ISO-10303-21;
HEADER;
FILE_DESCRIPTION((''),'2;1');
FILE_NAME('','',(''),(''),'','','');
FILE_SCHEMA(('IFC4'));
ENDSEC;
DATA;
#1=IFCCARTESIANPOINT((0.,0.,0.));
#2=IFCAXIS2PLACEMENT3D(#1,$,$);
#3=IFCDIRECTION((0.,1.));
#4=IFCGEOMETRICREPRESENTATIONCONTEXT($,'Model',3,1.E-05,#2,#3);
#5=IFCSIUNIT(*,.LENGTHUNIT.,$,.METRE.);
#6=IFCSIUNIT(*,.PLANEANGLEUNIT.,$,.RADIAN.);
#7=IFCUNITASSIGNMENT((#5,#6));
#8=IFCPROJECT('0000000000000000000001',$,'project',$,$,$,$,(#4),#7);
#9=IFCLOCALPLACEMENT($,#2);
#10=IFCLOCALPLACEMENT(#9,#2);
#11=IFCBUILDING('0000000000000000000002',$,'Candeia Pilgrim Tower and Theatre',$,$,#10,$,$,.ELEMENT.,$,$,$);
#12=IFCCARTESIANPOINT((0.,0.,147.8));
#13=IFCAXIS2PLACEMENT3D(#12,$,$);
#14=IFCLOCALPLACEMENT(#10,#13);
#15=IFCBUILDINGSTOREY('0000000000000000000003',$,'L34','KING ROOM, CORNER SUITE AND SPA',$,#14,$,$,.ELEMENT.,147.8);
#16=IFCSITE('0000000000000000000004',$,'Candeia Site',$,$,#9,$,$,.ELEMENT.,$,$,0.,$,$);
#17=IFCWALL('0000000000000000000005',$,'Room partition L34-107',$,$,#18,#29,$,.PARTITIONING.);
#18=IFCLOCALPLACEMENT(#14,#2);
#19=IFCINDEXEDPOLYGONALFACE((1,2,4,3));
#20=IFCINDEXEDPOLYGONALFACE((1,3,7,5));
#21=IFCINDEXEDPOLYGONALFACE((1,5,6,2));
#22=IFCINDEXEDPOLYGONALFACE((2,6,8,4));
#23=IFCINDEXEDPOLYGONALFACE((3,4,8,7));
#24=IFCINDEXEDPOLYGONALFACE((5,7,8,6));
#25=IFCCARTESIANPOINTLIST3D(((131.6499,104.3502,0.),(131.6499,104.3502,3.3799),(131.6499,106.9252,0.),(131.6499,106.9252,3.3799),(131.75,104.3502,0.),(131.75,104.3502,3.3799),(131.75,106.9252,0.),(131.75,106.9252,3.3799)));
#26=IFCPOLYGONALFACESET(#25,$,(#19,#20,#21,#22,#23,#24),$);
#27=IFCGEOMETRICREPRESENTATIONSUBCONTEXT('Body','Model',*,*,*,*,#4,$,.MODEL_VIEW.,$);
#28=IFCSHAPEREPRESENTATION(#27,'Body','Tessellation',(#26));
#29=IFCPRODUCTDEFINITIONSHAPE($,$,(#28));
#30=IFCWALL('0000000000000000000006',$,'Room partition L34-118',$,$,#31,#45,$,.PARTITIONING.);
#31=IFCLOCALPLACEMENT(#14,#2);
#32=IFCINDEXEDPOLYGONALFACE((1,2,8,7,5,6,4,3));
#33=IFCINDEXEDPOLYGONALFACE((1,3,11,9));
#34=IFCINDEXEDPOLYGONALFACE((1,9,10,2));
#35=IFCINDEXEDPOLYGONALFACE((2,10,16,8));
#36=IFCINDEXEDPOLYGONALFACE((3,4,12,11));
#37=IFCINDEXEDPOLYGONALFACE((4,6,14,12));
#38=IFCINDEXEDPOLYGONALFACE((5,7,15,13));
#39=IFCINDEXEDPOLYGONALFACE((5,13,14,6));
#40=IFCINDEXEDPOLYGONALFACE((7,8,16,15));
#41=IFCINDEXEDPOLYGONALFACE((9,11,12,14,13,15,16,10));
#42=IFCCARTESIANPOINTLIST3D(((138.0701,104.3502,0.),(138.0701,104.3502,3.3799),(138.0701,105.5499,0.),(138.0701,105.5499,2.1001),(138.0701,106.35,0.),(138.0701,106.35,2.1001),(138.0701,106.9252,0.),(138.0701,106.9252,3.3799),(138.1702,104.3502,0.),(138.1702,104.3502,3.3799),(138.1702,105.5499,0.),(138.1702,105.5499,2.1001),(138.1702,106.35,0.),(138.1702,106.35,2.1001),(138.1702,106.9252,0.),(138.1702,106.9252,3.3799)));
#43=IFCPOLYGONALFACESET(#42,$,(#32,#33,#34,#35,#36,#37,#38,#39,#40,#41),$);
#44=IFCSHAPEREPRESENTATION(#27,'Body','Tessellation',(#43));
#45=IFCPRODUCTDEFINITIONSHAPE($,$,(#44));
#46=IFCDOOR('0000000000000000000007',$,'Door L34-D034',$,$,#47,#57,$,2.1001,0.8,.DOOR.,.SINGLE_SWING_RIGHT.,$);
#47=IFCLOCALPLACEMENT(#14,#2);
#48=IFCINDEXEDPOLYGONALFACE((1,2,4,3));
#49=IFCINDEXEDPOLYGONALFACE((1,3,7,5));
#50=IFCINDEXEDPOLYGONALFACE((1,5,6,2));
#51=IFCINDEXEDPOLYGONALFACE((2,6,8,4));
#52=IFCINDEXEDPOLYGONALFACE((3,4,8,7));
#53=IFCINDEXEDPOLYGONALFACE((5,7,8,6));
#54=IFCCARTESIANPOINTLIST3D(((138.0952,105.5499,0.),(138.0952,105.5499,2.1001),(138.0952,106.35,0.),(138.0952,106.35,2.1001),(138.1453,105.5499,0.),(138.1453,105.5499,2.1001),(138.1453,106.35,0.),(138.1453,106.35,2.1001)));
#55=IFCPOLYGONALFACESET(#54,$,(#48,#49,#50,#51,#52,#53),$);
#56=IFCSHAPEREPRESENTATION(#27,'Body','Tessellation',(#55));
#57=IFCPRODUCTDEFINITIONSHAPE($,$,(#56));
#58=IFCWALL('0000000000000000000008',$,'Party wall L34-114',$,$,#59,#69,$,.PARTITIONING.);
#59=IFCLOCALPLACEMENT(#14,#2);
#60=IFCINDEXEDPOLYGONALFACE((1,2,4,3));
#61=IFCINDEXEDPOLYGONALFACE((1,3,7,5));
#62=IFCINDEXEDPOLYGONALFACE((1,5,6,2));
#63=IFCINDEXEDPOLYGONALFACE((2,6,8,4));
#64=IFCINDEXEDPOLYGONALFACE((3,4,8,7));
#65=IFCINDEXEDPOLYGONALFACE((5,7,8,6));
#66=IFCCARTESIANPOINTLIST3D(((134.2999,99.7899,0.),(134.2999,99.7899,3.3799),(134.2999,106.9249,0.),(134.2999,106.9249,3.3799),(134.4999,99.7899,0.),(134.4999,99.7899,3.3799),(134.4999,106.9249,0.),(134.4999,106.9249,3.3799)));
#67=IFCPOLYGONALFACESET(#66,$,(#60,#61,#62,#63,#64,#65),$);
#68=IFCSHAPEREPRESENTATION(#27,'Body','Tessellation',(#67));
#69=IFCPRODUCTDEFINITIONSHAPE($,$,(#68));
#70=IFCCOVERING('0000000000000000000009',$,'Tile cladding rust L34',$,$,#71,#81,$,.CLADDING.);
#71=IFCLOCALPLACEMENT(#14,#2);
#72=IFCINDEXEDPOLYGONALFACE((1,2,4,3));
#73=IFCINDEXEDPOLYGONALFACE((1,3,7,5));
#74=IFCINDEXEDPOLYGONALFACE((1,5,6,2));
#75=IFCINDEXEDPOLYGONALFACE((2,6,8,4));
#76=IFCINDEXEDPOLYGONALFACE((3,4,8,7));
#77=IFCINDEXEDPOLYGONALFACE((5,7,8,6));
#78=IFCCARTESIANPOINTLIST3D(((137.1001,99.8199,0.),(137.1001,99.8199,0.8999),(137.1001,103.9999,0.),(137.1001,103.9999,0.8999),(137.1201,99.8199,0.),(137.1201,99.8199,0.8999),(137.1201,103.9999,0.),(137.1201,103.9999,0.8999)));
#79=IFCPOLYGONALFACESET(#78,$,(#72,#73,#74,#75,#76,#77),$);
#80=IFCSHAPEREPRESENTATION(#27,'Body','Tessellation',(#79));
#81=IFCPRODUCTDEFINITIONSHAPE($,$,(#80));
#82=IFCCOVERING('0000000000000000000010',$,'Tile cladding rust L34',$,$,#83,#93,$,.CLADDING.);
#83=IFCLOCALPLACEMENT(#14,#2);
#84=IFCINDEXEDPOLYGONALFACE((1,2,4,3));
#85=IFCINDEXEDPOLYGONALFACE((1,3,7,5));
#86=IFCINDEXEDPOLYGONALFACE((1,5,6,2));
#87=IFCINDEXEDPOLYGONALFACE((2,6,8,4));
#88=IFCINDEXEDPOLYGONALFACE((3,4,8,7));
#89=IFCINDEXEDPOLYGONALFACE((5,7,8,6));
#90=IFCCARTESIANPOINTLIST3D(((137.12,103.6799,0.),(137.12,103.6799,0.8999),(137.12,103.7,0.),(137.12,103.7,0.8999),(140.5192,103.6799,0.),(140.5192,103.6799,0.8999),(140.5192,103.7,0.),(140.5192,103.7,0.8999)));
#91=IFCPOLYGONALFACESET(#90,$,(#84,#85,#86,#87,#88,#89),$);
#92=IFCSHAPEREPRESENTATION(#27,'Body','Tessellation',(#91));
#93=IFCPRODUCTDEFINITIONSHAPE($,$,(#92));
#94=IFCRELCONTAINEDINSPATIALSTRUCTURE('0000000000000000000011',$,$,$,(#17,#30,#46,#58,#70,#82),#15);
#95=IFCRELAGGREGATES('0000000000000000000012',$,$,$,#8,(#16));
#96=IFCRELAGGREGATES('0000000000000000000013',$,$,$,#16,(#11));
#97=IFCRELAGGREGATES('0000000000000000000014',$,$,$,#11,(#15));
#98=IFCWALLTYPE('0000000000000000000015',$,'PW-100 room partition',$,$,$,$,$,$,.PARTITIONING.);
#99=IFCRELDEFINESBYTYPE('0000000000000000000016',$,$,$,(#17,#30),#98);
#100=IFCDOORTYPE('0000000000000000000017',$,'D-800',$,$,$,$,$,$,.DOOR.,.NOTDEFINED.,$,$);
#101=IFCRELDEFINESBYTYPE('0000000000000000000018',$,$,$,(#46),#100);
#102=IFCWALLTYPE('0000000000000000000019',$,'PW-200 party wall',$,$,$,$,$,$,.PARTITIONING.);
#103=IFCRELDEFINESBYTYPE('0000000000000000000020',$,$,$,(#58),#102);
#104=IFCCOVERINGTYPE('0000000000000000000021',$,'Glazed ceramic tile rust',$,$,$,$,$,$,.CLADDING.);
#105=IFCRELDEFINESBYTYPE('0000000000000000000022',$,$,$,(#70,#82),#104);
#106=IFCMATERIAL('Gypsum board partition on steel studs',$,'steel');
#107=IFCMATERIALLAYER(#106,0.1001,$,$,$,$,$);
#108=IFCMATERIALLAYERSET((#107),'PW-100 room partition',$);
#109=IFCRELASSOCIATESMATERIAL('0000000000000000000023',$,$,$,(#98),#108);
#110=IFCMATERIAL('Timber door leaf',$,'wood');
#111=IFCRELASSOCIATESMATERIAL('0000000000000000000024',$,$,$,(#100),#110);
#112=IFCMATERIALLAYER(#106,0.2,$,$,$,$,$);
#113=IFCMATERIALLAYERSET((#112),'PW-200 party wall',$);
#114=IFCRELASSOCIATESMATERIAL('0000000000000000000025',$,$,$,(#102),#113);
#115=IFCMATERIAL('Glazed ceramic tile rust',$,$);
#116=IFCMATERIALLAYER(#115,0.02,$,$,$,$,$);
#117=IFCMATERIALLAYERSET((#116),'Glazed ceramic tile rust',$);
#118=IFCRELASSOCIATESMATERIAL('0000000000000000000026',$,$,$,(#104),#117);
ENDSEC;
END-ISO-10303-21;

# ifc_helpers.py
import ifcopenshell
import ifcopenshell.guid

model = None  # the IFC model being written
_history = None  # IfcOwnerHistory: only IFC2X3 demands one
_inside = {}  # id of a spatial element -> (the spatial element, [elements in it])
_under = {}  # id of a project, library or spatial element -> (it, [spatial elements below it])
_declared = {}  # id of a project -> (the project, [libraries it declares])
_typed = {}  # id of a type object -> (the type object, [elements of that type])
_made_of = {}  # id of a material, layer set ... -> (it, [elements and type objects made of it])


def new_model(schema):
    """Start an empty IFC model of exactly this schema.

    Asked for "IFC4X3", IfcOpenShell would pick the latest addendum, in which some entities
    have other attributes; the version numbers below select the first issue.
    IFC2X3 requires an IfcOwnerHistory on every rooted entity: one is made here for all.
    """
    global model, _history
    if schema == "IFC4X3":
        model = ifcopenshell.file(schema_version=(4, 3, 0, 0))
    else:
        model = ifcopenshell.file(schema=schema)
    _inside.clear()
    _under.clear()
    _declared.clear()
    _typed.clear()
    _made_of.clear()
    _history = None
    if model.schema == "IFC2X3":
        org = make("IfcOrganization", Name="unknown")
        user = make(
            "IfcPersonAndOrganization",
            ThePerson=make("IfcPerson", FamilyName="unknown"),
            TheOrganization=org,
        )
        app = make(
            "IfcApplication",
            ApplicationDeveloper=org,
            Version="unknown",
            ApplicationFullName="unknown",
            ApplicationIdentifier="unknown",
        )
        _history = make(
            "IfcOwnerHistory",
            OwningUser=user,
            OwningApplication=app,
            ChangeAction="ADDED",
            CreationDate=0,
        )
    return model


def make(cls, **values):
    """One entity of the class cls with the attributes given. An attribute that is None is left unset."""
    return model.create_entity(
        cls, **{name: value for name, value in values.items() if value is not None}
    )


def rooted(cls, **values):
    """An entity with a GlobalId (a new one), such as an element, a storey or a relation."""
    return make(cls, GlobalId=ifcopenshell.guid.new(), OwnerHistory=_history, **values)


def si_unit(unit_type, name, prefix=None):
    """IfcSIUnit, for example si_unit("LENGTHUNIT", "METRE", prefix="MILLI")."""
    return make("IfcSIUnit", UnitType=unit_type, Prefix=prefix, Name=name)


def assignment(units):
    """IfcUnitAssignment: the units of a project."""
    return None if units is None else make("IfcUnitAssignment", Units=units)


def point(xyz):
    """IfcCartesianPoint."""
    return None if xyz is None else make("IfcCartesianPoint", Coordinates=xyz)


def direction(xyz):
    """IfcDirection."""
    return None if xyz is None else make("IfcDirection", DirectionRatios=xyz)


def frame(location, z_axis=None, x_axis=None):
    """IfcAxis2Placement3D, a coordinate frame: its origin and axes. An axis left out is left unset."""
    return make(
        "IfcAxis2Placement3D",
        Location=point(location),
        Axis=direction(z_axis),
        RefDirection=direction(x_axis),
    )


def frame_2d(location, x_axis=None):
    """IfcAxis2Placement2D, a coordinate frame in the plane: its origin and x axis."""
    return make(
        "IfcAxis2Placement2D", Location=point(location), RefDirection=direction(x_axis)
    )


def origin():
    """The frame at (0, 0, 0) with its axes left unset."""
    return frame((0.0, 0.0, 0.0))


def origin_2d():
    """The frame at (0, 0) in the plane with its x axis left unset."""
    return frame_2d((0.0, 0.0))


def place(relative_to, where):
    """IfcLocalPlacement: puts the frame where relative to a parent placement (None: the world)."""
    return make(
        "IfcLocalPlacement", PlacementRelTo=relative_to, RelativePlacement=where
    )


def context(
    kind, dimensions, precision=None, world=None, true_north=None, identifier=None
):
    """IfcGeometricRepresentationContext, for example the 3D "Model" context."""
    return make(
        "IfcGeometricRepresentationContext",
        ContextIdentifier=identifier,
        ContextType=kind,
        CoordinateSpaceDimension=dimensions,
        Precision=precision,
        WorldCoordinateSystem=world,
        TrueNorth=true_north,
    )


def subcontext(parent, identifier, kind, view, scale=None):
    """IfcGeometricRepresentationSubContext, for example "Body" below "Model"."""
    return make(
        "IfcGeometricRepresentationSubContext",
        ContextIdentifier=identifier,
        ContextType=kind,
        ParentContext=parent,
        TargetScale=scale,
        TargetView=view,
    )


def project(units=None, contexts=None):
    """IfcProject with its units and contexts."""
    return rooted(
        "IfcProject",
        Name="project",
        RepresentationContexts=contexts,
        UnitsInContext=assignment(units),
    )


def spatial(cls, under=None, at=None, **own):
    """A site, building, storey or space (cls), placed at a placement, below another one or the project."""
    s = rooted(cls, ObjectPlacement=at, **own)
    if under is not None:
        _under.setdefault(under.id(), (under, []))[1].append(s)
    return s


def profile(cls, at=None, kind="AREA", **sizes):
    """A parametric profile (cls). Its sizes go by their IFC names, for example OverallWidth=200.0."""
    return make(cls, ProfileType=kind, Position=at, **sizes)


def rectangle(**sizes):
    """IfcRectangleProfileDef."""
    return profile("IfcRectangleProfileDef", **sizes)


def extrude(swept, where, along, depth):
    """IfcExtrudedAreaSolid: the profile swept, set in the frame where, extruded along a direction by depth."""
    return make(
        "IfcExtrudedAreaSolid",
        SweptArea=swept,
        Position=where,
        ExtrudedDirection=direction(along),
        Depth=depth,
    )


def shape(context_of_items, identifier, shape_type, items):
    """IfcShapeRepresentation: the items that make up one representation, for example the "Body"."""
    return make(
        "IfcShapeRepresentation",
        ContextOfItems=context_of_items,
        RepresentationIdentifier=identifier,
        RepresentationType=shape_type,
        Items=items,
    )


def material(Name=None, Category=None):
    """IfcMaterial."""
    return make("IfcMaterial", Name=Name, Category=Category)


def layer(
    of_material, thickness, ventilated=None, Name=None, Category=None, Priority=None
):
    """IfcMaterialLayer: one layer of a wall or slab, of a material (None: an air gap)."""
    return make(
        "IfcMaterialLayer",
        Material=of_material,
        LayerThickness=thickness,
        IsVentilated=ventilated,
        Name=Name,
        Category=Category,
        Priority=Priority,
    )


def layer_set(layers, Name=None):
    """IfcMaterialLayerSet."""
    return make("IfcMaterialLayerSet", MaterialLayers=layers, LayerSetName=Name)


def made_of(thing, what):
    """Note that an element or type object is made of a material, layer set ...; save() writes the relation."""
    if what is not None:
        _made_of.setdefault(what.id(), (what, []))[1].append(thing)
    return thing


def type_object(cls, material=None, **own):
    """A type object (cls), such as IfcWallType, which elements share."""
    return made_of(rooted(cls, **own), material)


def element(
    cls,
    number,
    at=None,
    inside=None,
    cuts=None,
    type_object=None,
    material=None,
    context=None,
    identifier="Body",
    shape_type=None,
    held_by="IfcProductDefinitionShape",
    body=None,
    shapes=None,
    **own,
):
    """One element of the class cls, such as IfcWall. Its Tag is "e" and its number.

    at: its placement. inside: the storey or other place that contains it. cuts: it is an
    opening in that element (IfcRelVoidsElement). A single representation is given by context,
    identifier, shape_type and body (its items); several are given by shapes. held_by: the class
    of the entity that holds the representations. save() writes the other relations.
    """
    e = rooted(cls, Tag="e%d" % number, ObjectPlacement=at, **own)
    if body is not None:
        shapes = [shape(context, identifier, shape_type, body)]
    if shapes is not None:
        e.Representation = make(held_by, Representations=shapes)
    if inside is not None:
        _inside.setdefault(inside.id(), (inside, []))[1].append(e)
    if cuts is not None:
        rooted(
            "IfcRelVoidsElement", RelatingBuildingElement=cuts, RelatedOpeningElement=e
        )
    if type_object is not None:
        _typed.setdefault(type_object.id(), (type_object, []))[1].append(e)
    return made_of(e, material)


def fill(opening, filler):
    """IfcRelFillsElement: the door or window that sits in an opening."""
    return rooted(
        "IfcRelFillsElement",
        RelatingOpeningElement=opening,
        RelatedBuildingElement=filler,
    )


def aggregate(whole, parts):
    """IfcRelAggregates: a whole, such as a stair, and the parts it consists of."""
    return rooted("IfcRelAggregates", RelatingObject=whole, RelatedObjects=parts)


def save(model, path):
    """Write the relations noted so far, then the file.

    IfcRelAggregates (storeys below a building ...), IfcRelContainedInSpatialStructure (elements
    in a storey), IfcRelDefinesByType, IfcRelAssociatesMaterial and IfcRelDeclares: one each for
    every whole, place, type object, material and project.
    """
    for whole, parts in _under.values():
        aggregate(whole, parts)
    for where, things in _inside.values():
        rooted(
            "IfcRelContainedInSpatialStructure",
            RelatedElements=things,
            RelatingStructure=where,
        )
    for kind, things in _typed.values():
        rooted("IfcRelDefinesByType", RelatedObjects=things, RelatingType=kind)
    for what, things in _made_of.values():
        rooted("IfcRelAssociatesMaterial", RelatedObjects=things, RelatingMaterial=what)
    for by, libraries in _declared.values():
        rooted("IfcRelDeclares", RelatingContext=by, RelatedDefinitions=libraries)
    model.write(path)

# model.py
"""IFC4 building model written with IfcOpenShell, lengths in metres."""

from ifc_helpers import new_model, si_unit, direction, frame, frame_2d, origin, origin_2d, place, context, subcontext, project, spatial, rectangle, extrude, material, layer, layer_set, type_object, element, fill, save


model = new_model("IFC4")

# Units and contexts
model_context = context("Model", 3, precision=1e-05, world=origin(), true_north=direction((0.0, 1.0)))
body_context = subcontext(model_context, "Body", "Model", "MODEL_VIEW")
ifc_project = project(units=[si_unit("LENGTHUNIT", "METRE"), si_unit("PLANEANGLEUNIT", "RADIAN")], contexts=[model_context])

# Site, building, storey
site_placement = place(None, origin())
site = spatial("IfcSite", under=ifc_project, at=site_placement, Name="Candeia Site", CompositionType="ELEMENT", RefElevation=0.0)
building_placement = place(site_placement, origin())
building = spatial("IfcBuilding", under=site, at=building_placement, Name="Candeia Pilgrim Tower and Theatre", CompositionType="ELEMENT")
storey_placement = place(building_placement, frame((0.0, 0.0, 147.8)))
storey = spatial("IfcBuildingStorey", under=building, at=storey_placement, Name="L34", Description="KING ROOM, CORNER SUITE AND SPA", CompositionType="ELEMENT", Elevation=147.8)

# Shared definitions
ifc_material_1 = material(Name="Gypsum board partition on steel studs", Category="steel")
ifc_layer_1 = layer(ifc_material_1, 0.1001)
ifc_layer_set_1 = layer_set([ifc_layer_1], Name="PW-100 room partition")
wall_type_1 = type_object("IfcWallType", Name="PW-100 room partition", PredefinedType="PARTITIONING", material=ifc_layer_set_1)
ifc_material_2 = material(Name="Timber door leaf", Category="wood")
door_type_1 = type_object("IfcDoorType", Name="D-800", OperationType="NOTDEFINED", PredefinedType="DOOR", material=ifc_material_2)

# Wall
wall_1_placement = place(storey_placement, frame((131.7, 104.3501, 0.0), z_axis=(0.0, 0.0, 1.0), x_axis=(0.0, 1.0, 0.0)))
element("IfcWall", 1, at=wall_1_placement, inside=storey, type_object=wall_type_1, Name="Room partition L34-107", PredefinedType="PARTITIONING", context=body_context, shape_type="SweptSolid", body=[
    extrude(rectangle(XDim=2.575, YDim=0.1001, at=frame_2d((1.2876, 0.0))), origin(), (0.0, 0.0, 1.0), 3.3799),
])

# Wall, opening, door
wall_2_placement = place(storey_placement, frame((138.1201, 104.3501, 0.0), z_axis=(0.0, 0.0, 1.0), x_axis=(0.0, 1.0, 0.0)))
wall_2 = element("IfcWall", 2, at=wall_2_placement, inside=storey, type_object=wall_type_1, Name="Room partition L34-118", PredefinedType="PARTITIONING", context=body_context, shape_type="SweptSolid", body=[
    extrude(rectangle(XDim=2.575, YDim=0.1001, at=frame_2d((1.2876, 0.0))), origin(), (0.0, 0.0, 1.0), 3.3799),
])
opening_1_placement = place(wall_2_placement, frame((1.2, 0.0, 0.0)))
opening_1 = element("IfcOpeningElement", 3, at=opening_1_placement, cuts=wall_2, PredefinedType="OPENING", context=body_context, shape_type="SweptSolid", body=[
    extrude(rectangle(XDim=0.8, YDim=2.1001, at=frame_2d((0.3999, 1.05))), frame((0.0, 0.0601, 0.0), z_axis=(0.0, -1.0, 0.0), x_axis=(1.0, 0.0, 0.0)), (0.0, 0.0, 1.0), 0.1201),
])
door_1_placement = place(opening_1_placement, origin())
door_1 = element("IfcDoor", 4, at=door_1_placement, inside=storey, type_object=door_type_1, Name="Door L34-D034", OperationType="SINGLE_SWING_RIGHT", OverallHeight=2.1001, OverallWidth=0.8, PredefinedType="DOOR", context=body_context, shape_type="SweptSolid", body=[
    extrude(rectangle(XDim=0.8, YDim=2.1001, at=frame_2d((0.3999, 1.05))), frame((0.0, 0.0249, 0.0), z_axis=(0.0, -1.0, 0.0), x_axis=(1.0, 0.0, 0.0)), (0.0, 0.0, 1.0), 0.05),
])
fill(opening_1, door_1)

# Wall
ifc_layer_2 = layer(ifc_material_1, 0.2)
ifc_layer_set_2 = layer_set([ifc_layer_2], Name="PW-200 party wall")
wall_type_2 = type_object("IfcWallType", Name="PW-200 party wall", PredefinedType="PARTITIONING", material=ifc_layer_set_2)
wall_3_placement = place(storey_placement, frame((134.3999, 99.79, 0.0), z_axis=(0.0, 0.0, 1.0), x_axis=(0.0, 1.0, 0.0)))
element("IfcWall", 5, at=wall_3_placement, inside=storey, type_object=wall_type_2, Name="Party wall L34-114", PredefinedType="PARTITIONING", context=body_context, shape_type="SweptSolid", body=[
    extrude(rectangle(XDim=7.135, YDim=0.2, at=frame_2d((3.5674, 0.0))), origin(), (0.0, 0.0, 1.0), 3.3799),
])

# Coverings
ifc_material_3 = material(Name="Glazed ceramic tile rust")
ifc_layer_3 = layer(ifc_material_3, 0.02)
ifc_layer_set_3 = layer_set([ifc_layer_3], Name="Glazed ceramic tile rust")
covering_type = type_object("IfcCoveringType", Name="Glazed ceramic tile rust", PredefinedType="CLADDING", material=ifc_layer_set_3)
covering_1_placement = place(storey_placement, frame((137.1101, 101.9099, 0.0), z_axis=(0.0, 0.0, 1.0), x_axis=(0.0, 1.0, 0.0)))
element("IfcCovering", 6, at=covering_1_placement, inside=storey, type_object=covering_type, Name="Tile cladding rust L34", PredefinedType="CLADDING", context=body_context, shape_type="SweptSolid", body=[
    extrude(rectangle(XDim=4.1799, YDim=0.02, at=origin_2d()), origin(), (0.0, 0.0, 1.0), 0.8999),
])
covering_2_placement = place(storey_placement, frame((138.8196, 103.6899, 0.0), z_axis=(0.0, 0.0, 1.0), x_axis=(1.0, 0.0, 0.0)))
element("IfcCovering", 7, at=covering_2_placement, inside=storey, type_object=covering_type, Name="Tile cladding rust L34", PredefinedType="CLADDING", context=body_context, shape_type="SweptSolid", body=[
    extrude(rectangle(XDim=3.3992, YDim=0.02, at=origin_2d()), origin(), (0.0, 0.0, 1.0), 0.8999),
])

save(model, "model.ifc")
